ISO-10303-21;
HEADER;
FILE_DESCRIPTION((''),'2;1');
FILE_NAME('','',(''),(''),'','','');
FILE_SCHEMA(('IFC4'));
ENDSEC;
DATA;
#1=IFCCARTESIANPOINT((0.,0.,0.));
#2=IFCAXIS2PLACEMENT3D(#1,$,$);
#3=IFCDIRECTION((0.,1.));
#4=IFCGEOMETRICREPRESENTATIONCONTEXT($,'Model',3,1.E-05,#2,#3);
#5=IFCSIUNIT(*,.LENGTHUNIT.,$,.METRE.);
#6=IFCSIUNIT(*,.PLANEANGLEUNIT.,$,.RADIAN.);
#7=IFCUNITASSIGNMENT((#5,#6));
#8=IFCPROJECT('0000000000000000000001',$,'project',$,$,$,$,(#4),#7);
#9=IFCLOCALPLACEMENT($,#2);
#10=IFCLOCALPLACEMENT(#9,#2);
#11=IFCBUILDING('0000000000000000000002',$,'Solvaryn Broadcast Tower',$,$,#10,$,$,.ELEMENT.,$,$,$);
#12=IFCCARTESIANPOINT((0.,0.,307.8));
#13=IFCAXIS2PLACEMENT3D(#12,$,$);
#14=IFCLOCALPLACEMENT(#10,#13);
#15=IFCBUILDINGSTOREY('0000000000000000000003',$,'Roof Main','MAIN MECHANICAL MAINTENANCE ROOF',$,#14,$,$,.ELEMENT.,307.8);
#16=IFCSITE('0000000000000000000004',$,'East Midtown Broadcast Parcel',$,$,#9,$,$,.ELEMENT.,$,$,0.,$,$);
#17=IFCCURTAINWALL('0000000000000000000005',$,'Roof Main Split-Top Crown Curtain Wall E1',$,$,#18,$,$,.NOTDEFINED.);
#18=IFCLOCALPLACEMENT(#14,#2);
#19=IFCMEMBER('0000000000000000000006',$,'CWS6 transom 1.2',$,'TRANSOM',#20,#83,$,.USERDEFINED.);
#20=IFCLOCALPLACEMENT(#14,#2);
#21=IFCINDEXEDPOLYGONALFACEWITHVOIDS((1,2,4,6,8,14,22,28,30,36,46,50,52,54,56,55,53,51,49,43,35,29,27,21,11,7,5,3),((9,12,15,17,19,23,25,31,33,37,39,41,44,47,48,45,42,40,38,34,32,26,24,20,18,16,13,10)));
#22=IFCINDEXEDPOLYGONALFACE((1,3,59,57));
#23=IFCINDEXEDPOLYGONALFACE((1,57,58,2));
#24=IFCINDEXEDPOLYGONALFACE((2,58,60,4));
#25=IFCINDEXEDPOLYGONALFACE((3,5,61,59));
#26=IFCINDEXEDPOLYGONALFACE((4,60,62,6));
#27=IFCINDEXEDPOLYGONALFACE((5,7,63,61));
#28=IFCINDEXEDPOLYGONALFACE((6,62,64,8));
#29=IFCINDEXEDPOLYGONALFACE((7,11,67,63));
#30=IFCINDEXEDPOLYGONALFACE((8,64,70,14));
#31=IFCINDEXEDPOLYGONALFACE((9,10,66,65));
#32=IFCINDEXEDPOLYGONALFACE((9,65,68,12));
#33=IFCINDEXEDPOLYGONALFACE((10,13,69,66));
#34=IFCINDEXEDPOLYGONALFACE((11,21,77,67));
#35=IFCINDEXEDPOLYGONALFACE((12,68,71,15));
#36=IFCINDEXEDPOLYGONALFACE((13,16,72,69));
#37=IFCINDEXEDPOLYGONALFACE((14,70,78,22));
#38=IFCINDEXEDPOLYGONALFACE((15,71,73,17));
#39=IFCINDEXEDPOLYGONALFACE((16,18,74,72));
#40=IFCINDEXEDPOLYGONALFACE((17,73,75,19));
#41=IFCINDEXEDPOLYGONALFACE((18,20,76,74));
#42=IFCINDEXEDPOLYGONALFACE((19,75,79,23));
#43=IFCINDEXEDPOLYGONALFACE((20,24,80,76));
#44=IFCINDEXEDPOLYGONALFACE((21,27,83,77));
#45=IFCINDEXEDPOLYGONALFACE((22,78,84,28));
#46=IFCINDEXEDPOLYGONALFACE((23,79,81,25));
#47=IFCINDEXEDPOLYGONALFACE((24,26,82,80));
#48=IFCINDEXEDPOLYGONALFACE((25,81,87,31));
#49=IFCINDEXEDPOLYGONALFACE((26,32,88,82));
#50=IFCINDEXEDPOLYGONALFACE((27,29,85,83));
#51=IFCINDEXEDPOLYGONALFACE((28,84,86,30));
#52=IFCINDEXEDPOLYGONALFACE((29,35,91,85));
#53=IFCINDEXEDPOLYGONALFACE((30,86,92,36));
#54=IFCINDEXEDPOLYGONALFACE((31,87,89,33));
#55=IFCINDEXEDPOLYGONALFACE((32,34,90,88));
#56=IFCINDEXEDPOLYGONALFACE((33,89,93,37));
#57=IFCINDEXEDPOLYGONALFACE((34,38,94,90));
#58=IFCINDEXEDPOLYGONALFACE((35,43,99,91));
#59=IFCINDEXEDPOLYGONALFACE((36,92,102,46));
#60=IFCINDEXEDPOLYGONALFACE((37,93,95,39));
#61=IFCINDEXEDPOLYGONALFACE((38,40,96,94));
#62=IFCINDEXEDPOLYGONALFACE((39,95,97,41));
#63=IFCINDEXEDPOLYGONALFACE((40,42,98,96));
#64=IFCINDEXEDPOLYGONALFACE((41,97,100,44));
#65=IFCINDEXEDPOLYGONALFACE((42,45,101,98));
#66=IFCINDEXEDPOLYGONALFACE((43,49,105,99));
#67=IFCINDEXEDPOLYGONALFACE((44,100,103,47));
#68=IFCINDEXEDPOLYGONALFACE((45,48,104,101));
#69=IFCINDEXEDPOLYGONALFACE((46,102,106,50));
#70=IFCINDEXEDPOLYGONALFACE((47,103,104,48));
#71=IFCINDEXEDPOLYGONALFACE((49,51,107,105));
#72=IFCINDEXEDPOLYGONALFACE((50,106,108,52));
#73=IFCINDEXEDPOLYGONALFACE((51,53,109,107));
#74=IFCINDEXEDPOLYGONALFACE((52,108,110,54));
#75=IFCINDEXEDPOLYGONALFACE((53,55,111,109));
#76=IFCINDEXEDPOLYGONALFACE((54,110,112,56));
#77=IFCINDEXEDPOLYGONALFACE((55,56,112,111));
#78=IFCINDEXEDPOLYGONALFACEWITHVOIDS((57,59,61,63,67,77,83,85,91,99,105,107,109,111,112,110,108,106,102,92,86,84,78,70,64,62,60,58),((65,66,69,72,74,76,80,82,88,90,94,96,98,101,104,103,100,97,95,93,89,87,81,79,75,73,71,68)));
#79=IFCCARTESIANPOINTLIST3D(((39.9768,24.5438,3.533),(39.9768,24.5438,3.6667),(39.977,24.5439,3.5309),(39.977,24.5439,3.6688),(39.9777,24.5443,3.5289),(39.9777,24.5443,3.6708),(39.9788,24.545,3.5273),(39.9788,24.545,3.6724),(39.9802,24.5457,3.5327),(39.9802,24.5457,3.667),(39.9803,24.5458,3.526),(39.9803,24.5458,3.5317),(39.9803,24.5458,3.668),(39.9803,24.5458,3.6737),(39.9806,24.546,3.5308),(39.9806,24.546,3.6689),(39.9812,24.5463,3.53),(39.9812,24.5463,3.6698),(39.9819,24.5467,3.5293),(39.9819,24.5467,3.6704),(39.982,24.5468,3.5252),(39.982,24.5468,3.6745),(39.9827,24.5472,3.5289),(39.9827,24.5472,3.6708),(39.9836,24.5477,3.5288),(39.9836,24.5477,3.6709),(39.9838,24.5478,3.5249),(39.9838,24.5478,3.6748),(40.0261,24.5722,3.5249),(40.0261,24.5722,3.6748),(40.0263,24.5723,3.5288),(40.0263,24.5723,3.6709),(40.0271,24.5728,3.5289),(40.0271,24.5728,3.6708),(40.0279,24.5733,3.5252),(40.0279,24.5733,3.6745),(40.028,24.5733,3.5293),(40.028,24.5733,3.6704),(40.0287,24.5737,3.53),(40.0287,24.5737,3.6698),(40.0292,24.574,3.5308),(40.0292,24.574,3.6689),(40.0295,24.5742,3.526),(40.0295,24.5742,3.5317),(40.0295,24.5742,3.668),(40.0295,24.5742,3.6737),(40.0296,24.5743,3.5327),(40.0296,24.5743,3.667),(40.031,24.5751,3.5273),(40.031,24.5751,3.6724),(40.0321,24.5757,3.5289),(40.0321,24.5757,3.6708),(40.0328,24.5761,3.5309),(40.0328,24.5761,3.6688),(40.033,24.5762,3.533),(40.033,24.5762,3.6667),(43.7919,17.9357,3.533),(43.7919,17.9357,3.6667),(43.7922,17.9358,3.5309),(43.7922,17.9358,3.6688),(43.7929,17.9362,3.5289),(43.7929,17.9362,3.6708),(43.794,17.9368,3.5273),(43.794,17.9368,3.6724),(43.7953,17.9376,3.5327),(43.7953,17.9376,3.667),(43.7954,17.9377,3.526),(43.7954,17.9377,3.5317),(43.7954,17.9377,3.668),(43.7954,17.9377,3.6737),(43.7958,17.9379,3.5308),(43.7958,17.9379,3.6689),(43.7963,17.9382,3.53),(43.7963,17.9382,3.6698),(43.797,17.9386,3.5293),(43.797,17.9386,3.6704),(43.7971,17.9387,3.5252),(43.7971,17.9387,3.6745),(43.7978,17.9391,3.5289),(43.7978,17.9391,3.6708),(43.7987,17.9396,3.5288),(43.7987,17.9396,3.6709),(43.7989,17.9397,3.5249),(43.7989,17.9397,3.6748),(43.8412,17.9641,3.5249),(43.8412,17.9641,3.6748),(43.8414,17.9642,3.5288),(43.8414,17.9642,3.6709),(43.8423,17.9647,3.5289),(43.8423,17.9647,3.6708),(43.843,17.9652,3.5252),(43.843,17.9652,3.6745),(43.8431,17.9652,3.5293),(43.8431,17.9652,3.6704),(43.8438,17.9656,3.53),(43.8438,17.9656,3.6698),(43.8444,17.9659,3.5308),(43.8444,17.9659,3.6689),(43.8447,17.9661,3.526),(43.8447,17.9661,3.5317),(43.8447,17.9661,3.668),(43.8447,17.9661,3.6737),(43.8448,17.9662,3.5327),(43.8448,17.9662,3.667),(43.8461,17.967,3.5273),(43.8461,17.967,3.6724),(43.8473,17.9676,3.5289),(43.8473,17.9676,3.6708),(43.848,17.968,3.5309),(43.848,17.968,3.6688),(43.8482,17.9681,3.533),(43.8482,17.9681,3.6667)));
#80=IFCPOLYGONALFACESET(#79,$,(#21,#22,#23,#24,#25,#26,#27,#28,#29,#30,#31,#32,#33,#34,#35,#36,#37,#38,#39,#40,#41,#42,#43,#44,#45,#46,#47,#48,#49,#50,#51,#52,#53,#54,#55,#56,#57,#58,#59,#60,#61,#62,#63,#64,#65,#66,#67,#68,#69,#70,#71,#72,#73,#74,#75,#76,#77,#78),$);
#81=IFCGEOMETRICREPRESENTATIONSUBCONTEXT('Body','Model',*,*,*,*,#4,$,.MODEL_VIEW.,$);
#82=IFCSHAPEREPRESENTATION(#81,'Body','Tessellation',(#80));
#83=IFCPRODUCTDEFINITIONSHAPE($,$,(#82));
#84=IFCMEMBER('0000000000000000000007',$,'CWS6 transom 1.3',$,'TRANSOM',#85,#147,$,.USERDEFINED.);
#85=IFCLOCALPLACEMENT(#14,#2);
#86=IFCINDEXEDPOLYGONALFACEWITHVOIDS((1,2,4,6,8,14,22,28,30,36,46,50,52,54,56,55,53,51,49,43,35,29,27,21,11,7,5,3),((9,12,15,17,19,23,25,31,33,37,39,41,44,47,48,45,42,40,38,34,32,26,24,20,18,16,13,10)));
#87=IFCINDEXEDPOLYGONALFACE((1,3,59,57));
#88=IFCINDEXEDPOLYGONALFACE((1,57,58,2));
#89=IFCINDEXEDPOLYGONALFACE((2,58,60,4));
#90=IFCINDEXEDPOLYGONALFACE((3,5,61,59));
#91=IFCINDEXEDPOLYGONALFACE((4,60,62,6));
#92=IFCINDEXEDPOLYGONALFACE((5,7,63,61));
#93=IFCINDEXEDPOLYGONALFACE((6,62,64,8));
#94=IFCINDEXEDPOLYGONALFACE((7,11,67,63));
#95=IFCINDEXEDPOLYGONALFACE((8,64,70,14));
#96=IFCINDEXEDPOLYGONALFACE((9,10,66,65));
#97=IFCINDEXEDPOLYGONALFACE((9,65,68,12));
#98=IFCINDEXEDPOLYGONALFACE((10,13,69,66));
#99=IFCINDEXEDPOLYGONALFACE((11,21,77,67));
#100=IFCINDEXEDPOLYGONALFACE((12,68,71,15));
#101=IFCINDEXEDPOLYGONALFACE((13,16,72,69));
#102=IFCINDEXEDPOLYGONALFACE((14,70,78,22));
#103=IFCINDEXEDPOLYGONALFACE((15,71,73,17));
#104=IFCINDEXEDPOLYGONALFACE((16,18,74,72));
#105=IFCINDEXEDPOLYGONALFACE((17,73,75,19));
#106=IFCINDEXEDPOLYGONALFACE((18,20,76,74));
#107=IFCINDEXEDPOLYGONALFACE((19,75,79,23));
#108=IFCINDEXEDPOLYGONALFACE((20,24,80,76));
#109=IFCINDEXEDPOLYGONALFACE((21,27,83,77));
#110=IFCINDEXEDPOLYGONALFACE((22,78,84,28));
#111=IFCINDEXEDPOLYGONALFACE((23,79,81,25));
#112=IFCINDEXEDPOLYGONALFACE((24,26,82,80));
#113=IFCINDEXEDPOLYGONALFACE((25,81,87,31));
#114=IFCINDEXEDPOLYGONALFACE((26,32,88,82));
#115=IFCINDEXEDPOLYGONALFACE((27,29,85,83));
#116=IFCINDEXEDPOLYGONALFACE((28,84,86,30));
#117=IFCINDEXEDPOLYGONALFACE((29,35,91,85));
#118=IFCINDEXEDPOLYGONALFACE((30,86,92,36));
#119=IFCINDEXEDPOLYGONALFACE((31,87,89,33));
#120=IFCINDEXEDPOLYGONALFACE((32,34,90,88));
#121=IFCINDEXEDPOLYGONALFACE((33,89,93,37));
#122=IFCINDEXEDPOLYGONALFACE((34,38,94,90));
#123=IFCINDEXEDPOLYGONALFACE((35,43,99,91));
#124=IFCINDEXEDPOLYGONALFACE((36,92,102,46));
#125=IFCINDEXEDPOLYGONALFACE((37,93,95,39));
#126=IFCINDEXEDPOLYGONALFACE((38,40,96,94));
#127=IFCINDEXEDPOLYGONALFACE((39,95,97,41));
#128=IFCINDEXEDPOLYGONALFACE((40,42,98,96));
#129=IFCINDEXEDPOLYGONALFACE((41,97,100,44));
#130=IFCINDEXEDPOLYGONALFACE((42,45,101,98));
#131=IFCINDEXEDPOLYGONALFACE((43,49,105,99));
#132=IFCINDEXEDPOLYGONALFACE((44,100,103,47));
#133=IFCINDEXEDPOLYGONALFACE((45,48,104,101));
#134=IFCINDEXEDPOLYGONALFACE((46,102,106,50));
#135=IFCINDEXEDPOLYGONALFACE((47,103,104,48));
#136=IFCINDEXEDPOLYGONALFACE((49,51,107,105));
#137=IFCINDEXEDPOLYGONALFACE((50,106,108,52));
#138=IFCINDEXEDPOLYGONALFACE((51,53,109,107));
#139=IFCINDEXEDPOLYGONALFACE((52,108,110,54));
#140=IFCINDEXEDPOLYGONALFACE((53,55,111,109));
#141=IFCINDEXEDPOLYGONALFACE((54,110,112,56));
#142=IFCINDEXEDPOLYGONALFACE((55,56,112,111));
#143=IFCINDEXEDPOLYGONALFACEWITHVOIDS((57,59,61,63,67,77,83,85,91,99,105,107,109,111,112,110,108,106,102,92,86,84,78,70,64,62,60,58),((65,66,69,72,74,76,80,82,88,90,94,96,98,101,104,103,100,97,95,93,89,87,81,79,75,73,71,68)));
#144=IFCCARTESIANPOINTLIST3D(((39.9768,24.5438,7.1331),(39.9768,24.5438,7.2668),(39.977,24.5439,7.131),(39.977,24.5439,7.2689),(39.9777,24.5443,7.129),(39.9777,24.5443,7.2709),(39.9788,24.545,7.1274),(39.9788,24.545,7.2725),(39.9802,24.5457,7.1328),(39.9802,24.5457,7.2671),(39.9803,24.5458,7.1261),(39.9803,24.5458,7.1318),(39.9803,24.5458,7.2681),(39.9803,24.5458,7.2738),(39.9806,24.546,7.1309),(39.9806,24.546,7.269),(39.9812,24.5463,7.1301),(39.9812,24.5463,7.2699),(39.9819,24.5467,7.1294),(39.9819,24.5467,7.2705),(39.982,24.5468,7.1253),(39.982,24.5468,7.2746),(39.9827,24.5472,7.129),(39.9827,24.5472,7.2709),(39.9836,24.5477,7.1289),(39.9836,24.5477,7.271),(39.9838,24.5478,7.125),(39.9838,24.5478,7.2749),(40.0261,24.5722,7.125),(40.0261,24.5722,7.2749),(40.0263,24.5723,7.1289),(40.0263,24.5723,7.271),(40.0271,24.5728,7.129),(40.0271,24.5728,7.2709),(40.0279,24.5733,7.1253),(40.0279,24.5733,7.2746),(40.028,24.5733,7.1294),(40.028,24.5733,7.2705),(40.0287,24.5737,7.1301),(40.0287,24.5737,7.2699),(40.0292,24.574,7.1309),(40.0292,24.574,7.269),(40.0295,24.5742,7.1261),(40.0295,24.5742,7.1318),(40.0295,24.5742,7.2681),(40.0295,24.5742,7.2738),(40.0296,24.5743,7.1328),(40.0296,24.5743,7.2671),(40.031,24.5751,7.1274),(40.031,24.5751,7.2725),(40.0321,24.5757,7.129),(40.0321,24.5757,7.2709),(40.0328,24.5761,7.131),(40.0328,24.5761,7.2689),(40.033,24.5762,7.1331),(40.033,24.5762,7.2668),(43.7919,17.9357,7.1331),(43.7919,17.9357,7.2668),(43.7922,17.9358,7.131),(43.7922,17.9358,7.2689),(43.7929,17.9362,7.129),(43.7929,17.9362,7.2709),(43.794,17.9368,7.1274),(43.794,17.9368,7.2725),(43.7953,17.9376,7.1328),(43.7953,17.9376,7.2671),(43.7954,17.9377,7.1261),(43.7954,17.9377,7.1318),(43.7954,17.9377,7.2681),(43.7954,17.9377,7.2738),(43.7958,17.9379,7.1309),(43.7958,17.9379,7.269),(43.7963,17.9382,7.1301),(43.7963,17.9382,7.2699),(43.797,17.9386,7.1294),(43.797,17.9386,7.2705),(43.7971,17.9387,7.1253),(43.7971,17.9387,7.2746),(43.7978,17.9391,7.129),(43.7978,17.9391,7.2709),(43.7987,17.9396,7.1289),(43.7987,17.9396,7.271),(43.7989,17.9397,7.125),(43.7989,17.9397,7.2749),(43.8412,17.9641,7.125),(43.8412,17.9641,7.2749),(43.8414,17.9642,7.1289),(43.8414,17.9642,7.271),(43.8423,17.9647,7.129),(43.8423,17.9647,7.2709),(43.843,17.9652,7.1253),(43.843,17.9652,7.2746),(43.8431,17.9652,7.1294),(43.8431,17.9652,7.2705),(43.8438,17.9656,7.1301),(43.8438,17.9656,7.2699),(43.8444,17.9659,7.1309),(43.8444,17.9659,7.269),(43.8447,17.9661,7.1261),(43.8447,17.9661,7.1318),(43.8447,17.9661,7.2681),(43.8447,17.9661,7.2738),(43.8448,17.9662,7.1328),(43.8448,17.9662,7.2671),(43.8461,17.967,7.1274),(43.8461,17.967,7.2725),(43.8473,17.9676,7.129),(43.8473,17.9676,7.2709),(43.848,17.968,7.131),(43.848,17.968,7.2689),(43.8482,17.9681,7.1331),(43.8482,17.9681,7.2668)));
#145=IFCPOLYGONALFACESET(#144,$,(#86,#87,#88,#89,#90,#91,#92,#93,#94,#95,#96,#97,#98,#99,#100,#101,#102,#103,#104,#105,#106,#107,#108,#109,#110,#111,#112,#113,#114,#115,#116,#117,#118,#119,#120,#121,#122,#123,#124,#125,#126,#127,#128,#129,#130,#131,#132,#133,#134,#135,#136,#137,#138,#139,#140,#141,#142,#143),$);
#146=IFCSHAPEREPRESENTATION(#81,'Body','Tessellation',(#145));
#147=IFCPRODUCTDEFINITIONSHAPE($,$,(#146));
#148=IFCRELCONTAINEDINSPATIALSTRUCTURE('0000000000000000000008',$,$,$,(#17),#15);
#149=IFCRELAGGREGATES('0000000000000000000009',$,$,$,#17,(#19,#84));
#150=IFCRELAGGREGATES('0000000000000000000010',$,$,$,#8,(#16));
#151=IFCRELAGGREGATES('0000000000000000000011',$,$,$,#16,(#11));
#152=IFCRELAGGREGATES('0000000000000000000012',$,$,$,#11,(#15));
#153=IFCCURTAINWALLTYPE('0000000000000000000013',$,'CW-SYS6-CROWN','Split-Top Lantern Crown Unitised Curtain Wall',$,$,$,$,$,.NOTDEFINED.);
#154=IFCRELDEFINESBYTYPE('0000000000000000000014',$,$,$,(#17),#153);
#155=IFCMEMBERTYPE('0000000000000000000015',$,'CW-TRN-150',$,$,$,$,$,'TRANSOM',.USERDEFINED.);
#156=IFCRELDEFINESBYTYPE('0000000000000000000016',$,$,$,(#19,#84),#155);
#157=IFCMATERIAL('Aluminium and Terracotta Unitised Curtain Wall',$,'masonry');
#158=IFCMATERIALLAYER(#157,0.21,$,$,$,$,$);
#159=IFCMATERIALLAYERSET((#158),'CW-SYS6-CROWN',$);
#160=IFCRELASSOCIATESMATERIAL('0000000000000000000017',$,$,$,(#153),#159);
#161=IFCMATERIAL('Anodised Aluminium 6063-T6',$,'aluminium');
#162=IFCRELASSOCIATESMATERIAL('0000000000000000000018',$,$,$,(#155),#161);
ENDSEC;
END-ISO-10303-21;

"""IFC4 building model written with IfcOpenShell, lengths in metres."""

from ifc_helpers import new_model, si_unit, direction, frame, origin, origin_2d, place, context, subcontext, project, spatial, hollow_rectangle, extrude, material, layer, layer_set, material_profile, profile_set, type_object, element, aggregate, save


model = new_model("IFC4")

# Units and contexts
model_context = context("Model", 3, precision=1e-05, world=origin(), true_north=direction((0.0, 1.0)))
body_context = subcontext(model_context, "Body", "Model", "MODEL_VIEW")
ifc_project = project(units=[si_unit("LENGTHUNIT", "METRE"), si_unit("PLANEANGLEUNIT", "RADIAN")], contexts=[model_context])

# Site, building, storey
site_placement = place(None, origin())
site = spatial("IfcSite", under=ifc_project, at=site_placement, Name="East Midtown Broadcast Parcel", CompositionType="ELEMENT", RefElevation=0.0)
building_placement = place(site_placement, origin())
building = spatial("IfcBuilding", under=site, at=building_placement, Name="Solvaryn Broadcast Tower", CompositionType="ELEMENT")
storey_placement = place(building_placement, frame((0.0, 0.0, 307.8)))
storey = spatial("IfcBuildingStorey", under=building, at=storey_placement, Name="Roof Main", Description="MAIN MECHANICAL MAINTENANCE ROOF", CompositionType="ELEMENT", Elevation=307.8)

# Curtain wall
ifc_material_1 = material(Name="Aluminium and Terracotta Unitised Curtain Wall", Category="masonry")
ifc_layer_1 = layer(ifc_material_1, 0.21)
ifc_layer_set_1 = layer_set([ifc_layer_1], Name="CW-SYS6-CROWN")
curtain_wall_type = type_object("IfcCurtainWallType", Name="CW-SYS6-CROWN", Description="Split-Top Lantern Crown Unitised Curtain Wall", PredefinedType="NOTDEFINED", material=ifc_layer_set_1)
curtain_wall_1_placement = place(storey_placement, origin())
curtain_wall_1 = element("IfcCurtainWall", 1, at=curtain_wall_1_placement, inside=storey, type_object=curtain_wall_type, Name="Roof Main Split-Top Crown Curtain Wall E1", PredefinedType="NOTDEFINED")

# Members
ifc_material_2 = material(Name="Anodised Aluminium 6063-T6", Category="aluminium")
ifc_material_profile_1 = material_profile(ifc_material_2, hollow_rectangle(XDim=0.0649, YDim=0.1499, WallThickness=0.0039, InnerFilletRadius=0.0039, OuterFilletRadius=0.0081, at=origin_2d()))
ifc_profile_set_1 = profile_set([ifc_material_profile_1], Name="Anodised Aluminium 6063-T6")
member_type_1 = type_object("IfcMemberType", Name="CW-TRN-150", ElementType="TRANSOM", PredefinedType="USERDEFINED", material=ifc_profile_set_1)
member_1_placement = place(storey_placement, frame((43.8201, 17.9519, 3.5999), z_axis=(-0.499997, 0.866027, 0.0), x_axis=(-0.866027, -0.499997, 0.0)))
member_1 = element("IfcMember", 2, at=member_1_placement, type_object=member_type_1, Name="CWS6 transom 1.2", ObjectType="TRANSOM", PredefinedType="USERDEFINED", context=body_context, shape_type="SweptSolid", body=[
    extrude(hollow_rectangle(XDim=0.0649, YDim=0.1499, WallThickness=0.0039, InnerFilletRadius=0.0039, OuterFilletRadius=0.0081, at=origin_2d()), origin(), (0.0, 0.0, 1.0), 7.6304),
])
member_2_placement = place(storey_placement, frame((43.8201, 17.9519, 7.2), z_axis=(-0.499997, 0.866027, 0.0), x_axis=(-0.866027, -0.499997, 0.0)))
member_2 = element("IfcMember", 3, at=member_2_placement, type_object=member_type_1, Name="CWS6 transom 1.3", ObjectType="TRANSOM", PredefinedType="USERDEFINED", context=body_context, shape_type="SweptSolid", body=[
    extrude(hollow_rectangle(XDim=0.0649, YDim=0.1499, WallThickness=0.0039, InnerFilletRadius=0.0039, OuterFilletRadius=0.0081, at=origin_2d()), origin(), (0.0, 0.0, 1.0), 7.6304),
])

aggregate(curtain_wall_1, [member_1, member_2])

save(model, "model.ifc")
